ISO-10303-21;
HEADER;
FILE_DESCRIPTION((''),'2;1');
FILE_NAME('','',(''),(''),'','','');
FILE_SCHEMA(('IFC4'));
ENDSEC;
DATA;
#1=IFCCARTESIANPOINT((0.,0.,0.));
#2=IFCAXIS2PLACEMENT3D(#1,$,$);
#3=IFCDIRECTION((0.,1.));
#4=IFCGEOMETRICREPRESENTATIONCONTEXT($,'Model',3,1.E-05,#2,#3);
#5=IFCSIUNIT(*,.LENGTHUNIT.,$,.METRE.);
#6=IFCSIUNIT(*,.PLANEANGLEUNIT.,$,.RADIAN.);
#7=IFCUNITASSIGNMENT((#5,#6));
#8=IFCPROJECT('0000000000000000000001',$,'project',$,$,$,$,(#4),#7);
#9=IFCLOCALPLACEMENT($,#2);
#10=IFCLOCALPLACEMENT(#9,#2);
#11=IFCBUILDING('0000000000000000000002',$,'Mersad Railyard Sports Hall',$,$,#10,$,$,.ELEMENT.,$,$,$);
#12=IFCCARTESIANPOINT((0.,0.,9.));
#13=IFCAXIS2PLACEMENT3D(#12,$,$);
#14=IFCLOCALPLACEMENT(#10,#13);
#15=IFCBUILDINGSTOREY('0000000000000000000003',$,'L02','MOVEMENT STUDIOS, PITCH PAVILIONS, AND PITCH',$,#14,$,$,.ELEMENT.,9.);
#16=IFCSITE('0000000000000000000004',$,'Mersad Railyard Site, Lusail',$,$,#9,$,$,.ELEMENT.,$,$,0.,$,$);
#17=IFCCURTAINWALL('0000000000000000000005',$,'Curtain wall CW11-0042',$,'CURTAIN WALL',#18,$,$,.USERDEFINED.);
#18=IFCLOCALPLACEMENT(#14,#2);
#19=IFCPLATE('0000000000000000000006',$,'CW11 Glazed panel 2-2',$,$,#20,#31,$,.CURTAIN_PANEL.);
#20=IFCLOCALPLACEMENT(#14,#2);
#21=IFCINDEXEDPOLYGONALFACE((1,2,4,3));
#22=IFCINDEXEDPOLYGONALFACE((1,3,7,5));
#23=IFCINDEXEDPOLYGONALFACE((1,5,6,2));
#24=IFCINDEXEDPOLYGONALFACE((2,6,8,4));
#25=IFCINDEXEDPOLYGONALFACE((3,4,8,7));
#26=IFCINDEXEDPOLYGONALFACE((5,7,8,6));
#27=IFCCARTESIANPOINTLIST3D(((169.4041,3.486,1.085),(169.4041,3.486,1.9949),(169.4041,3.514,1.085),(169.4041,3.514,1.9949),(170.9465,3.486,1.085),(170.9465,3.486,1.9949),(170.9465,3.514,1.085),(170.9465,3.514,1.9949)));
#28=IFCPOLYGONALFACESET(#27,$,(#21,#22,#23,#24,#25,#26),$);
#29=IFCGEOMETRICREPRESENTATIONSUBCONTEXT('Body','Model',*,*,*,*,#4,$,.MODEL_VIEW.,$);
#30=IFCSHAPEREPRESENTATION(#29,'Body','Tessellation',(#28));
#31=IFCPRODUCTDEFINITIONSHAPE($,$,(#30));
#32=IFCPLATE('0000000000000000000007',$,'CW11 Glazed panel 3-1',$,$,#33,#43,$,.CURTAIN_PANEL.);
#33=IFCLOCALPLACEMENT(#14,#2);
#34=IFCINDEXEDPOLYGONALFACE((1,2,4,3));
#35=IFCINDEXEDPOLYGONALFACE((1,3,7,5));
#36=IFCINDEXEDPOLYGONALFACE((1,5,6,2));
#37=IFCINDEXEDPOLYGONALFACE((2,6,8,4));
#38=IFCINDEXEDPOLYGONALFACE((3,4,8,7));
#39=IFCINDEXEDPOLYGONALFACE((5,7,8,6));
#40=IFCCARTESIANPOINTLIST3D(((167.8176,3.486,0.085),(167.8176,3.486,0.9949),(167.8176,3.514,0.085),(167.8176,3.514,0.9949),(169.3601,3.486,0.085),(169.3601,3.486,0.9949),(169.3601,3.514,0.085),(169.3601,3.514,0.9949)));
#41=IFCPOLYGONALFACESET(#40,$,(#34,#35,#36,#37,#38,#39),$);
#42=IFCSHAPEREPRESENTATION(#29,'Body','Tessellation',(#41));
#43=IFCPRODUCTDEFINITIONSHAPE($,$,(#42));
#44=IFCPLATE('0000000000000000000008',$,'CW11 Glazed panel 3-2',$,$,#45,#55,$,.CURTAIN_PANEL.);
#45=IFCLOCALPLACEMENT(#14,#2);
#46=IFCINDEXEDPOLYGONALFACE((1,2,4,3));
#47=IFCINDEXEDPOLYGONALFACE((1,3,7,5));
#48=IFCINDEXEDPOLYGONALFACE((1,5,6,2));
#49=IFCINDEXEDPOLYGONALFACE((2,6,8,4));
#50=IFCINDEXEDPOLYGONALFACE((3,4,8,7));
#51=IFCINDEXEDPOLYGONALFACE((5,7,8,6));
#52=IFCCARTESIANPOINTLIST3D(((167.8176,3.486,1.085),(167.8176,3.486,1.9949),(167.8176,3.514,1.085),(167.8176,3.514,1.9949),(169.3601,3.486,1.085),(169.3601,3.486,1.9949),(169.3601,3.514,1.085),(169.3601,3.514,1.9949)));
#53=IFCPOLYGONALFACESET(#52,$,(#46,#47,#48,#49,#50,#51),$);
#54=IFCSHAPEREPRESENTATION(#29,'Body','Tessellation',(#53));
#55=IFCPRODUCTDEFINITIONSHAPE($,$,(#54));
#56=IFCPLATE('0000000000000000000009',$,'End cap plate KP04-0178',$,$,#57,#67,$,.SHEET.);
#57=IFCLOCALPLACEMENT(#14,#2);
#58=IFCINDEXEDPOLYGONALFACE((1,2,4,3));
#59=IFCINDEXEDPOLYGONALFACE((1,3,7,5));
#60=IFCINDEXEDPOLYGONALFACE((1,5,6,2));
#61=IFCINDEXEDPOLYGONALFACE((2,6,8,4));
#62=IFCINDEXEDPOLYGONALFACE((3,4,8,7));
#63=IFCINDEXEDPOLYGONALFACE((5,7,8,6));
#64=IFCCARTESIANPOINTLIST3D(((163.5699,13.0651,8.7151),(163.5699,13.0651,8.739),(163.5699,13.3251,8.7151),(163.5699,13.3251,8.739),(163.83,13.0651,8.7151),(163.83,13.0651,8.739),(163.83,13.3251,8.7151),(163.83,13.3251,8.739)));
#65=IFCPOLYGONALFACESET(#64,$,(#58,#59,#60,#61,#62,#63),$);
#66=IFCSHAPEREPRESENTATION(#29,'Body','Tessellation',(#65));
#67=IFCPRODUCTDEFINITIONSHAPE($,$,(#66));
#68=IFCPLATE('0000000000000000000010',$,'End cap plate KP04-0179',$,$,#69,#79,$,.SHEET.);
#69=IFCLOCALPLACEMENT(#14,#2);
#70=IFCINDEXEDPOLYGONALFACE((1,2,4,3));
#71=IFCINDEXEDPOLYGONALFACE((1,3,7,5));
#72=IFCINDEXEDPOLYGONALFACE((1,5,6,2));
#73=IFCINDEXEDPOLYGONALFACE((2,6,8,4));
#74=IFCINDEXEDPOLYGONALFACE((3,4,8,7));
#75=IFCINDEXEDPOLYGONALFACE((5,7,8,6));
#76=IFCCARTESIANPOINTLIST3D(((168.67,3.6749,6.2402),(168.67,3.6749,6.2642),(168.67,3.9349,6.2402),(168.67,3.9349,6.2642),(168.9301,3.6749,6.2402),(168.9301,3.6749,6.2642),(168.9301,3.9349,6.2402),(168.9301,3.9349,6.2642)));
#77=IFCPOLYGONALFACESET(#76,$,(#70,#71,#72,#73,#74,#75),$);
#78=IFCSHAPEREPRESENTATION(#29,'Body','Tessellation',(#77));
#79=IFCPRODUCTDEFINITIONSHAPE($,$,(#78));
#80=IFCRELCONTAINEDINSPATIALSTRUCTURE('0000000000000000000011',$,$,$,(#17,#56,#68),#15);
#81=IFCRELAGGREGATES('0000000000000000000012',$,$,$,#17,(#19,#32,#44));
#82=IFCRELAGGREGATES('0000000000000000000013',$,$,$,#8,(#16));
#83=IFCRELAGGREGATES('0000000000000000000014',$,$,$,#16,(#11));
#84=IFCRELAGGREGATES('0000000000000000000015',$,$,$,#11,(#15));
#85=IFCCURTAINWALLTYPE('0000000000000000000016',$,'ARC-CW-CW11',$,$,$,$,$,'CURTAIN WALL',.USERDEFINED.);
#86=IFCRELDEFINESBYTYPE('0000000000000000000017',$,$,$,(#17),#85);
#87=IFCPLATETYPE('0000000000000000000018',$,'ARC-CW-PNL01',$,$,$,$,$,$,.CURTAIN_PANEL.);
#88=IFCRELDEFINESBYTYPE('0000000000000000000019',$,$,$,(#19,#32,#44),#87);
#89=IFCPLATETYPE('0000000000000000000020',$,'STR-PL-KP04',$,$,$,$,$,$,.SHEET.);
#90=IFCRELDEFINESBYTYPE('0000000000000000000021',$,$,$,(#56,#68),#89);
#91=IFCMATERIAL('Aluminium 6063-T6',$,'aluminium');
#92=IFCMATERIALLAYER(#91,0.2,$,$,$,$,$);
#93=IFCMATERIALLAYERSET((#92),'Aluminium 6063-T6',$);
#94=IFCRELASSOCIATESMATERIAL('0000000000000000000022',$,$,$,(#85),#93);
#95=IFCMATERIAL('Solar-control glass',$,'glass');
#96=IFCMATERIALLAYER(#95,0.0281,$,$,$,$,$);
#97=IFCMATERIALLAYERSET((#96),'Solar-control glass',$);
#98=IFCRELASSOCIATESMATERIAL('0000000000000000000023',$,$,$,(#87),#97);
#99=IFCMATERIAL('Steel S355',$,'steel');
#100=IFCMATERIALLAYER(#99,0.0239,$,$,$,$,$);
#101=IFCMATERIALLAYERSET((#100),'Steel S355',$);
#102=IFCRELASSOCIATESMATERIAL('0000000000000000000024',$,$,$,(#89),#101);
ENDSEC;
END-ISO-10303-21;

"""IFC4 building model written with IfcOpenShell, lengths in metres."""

from ifc_helpers import new_model, si_unit, direction, frame, origin, origin_2d, place, context, subcontext, project, spatial, rectangle, extrude, material, layer, layer_set, type_object, element, aggregate, save


model = new_model("IFC4")

# Units and contexts
model_context = context("Model", 3, precision=1e-05, world=origin(), true_north=direction((0.0, 1.0)))
body_context = subcontext(model_context, "Body", "Model", "MODEL_VIEW")
ifc_project = project(units=[si_unit("LENGTHUNIT", "METRE"), si_unit("PLANEANGLEUNIT", "RADIAN")], contexts=[model_context])

# Site, building, storey
site_placement = place(None, origin())
site = spatial("IfcSite", under=ifc_project, at=site_placement, Name="Mersad Railyard Site, Lusail", CompositionType="ELEMENT", RefElevation=0.0)
building_placement = place(site_placement, origin())
building = spatial("IfcBuilding", under=site, at=building_placement, Name="Mersad Railyard Sports Hall", CompositionType="ELEMENT")
storey_placement = place(building_placement, frame((0.0, 0.0, 9.0)))
storey = spatial("IfcBuildingStorey", under=building, at=storey_placement, Name="L02", Description="MOVEMENT STUDIOS, PITCH PAVILIONS, AND PITCH", CompositionType="ELEMENT", Elevation=9.0)

# Curtain wall
ifc_material_1 = material(Name="Aluminium 6063-T6", Category="aluminium")
ifc_layer_1 = layer(ifc_material_1, 0.2)
ifc_layer_set_1 = layer_set([ifc_layer_1], Name="Aluminium 6063-T6")
curtain_wall_type = type_object("IfcCurtainWallType", Name="ARC-CW-CW11", ElementType="CURTAIN WALL", PredefinedType="USERDEFINED", material=ifc_layer_set_1)
curtain_wall_placement = place(storey_placement, origin())
curtain_wall = element("IfcCurtainWall", 1, at=curtain_wall_placement, inside=storey, type_object=curtain_wall_type, Name="Curtain wall CW11-0042", ObjectType="CURTAIN WALL", PredefinedType="USERDEFINED")

# Shared definitions
ifc_material_2 = material(Name="Steel S355", Category="steel")

# Plates
ifc_material_3 = material(Name="Solar-control glass", Category="glass")
ifc_layer_2 = layer(ifc_material_3, 0.0281)
ifc_layer_set_2 = layer_set([ifc_layer_2], Name="Solar-control glass")
plate_type_1 = type_object("IfcPlateType", Name="ARC-CW-PNL01", PredefinedType="CURTAIN_PANEL", material=ifc_layer_set_2)
plate_1_placement = place(storey_placement, frame((170.1753, 3.5, 1.085), z_axis=(0.0, 0.0, 1.0), x_axis=(-1.0, 0.0, 0.0)))
plate_1 = element("IfcPlate", 2, at=plate_1_placement, type_object=plate_type_1, Name="CW11 Glazed panel 2-2", PredefinedType="CURTAIN_PANEL", context=body_context, shape_type="SweptSolid", body=[
    extrude(rectangle(XDim=1.5425, YDim=0.0281, at=origin_2d()), origin(), (0.0, 0.0, 1.0), 0.9099),
])
plate_2_placement = place(storey_placement, frame((168.5889, 3.5, 0.085), z_axis=(0.0, 0.0, 1.0), x_axis=(-1.0, 0.0, 0.0)))
plate_2 = element("IfcPlate", 3, at=plate_2_placement, type_object=plate_type_1, Name="CW11 Glazed panel 3-1", PredefinedType="CURTAIN_PANEL", context=body_context, shape_type="SweptSolid", body=[
    extrude(rectangle(XDim=1.5425, YDim=0.0281, at=origin_2d()), origin(), (0.0, 0.0, 1.0), 0.9099),
])
plate_3_placement = place(storey_placement, frame((168.5889, 3.5, 1.085), z_axis=(0.0, 0.0, 1.0), x_axis=(-1.0, 0.0, 0.0)))
plate_3 = element("IfcPlate", 4, at=plate_3_placement, type_object=plate_type_1, Name="CW11 Glazed panel 3-2", PredefinedType="CURTAIN_PANEL", context=body_context, shape_type="SweptSolid", body=[
    extrude(rectangle(XDim=1.5425, YDim=0.0281, at=origin_2d()), origin(), (0.0, 0.0, 1.0), 0.9099),
])
aggregate(curtain_wall, [plate_1, plate_2, plate_3])

# Plates
ifc_layer_3 = layer(ifc_material_2, 0.0239)
ifc_layer_set_3 = layer_set([ifc_layer_3], Name="Steel S355")
plate_type_2 = type_object("IfcPlateType", Name="STR-PL-KP04", PredefinedType="SHEET", material=ifc_layer_set_3)
for number, where, z_axis, x_axis, name in (
    (5, (163.7, 13.1951, 8.7151), (0.0, 0.0, 1.0), (1.0, 0.0, 0.0), "End cap plate KP04-0178"),
    (6, (168.8, 3.8049, 6.2402), (0.0, 0.0, 1.0), (1.0, 0.0, 0.0), "End cap plate KP04-0179"),
):
    element("IfcPlate", number, at=place(storey_placement, frame(where, z_axis=z_axis, x_axis=x_axis)), inside=storey, type_object=plate_type_2, Name=name, PredefinedType="SHEET", context=body_context, shape_type="SweptSolid", body=[
        extrude(rectangle(XDim=0.26, YDim=0.26, at=origin_2d()), origin(), (0.0, 0.0, 1.0), 0.0239),
    ])

save(model, "model.ifc")
